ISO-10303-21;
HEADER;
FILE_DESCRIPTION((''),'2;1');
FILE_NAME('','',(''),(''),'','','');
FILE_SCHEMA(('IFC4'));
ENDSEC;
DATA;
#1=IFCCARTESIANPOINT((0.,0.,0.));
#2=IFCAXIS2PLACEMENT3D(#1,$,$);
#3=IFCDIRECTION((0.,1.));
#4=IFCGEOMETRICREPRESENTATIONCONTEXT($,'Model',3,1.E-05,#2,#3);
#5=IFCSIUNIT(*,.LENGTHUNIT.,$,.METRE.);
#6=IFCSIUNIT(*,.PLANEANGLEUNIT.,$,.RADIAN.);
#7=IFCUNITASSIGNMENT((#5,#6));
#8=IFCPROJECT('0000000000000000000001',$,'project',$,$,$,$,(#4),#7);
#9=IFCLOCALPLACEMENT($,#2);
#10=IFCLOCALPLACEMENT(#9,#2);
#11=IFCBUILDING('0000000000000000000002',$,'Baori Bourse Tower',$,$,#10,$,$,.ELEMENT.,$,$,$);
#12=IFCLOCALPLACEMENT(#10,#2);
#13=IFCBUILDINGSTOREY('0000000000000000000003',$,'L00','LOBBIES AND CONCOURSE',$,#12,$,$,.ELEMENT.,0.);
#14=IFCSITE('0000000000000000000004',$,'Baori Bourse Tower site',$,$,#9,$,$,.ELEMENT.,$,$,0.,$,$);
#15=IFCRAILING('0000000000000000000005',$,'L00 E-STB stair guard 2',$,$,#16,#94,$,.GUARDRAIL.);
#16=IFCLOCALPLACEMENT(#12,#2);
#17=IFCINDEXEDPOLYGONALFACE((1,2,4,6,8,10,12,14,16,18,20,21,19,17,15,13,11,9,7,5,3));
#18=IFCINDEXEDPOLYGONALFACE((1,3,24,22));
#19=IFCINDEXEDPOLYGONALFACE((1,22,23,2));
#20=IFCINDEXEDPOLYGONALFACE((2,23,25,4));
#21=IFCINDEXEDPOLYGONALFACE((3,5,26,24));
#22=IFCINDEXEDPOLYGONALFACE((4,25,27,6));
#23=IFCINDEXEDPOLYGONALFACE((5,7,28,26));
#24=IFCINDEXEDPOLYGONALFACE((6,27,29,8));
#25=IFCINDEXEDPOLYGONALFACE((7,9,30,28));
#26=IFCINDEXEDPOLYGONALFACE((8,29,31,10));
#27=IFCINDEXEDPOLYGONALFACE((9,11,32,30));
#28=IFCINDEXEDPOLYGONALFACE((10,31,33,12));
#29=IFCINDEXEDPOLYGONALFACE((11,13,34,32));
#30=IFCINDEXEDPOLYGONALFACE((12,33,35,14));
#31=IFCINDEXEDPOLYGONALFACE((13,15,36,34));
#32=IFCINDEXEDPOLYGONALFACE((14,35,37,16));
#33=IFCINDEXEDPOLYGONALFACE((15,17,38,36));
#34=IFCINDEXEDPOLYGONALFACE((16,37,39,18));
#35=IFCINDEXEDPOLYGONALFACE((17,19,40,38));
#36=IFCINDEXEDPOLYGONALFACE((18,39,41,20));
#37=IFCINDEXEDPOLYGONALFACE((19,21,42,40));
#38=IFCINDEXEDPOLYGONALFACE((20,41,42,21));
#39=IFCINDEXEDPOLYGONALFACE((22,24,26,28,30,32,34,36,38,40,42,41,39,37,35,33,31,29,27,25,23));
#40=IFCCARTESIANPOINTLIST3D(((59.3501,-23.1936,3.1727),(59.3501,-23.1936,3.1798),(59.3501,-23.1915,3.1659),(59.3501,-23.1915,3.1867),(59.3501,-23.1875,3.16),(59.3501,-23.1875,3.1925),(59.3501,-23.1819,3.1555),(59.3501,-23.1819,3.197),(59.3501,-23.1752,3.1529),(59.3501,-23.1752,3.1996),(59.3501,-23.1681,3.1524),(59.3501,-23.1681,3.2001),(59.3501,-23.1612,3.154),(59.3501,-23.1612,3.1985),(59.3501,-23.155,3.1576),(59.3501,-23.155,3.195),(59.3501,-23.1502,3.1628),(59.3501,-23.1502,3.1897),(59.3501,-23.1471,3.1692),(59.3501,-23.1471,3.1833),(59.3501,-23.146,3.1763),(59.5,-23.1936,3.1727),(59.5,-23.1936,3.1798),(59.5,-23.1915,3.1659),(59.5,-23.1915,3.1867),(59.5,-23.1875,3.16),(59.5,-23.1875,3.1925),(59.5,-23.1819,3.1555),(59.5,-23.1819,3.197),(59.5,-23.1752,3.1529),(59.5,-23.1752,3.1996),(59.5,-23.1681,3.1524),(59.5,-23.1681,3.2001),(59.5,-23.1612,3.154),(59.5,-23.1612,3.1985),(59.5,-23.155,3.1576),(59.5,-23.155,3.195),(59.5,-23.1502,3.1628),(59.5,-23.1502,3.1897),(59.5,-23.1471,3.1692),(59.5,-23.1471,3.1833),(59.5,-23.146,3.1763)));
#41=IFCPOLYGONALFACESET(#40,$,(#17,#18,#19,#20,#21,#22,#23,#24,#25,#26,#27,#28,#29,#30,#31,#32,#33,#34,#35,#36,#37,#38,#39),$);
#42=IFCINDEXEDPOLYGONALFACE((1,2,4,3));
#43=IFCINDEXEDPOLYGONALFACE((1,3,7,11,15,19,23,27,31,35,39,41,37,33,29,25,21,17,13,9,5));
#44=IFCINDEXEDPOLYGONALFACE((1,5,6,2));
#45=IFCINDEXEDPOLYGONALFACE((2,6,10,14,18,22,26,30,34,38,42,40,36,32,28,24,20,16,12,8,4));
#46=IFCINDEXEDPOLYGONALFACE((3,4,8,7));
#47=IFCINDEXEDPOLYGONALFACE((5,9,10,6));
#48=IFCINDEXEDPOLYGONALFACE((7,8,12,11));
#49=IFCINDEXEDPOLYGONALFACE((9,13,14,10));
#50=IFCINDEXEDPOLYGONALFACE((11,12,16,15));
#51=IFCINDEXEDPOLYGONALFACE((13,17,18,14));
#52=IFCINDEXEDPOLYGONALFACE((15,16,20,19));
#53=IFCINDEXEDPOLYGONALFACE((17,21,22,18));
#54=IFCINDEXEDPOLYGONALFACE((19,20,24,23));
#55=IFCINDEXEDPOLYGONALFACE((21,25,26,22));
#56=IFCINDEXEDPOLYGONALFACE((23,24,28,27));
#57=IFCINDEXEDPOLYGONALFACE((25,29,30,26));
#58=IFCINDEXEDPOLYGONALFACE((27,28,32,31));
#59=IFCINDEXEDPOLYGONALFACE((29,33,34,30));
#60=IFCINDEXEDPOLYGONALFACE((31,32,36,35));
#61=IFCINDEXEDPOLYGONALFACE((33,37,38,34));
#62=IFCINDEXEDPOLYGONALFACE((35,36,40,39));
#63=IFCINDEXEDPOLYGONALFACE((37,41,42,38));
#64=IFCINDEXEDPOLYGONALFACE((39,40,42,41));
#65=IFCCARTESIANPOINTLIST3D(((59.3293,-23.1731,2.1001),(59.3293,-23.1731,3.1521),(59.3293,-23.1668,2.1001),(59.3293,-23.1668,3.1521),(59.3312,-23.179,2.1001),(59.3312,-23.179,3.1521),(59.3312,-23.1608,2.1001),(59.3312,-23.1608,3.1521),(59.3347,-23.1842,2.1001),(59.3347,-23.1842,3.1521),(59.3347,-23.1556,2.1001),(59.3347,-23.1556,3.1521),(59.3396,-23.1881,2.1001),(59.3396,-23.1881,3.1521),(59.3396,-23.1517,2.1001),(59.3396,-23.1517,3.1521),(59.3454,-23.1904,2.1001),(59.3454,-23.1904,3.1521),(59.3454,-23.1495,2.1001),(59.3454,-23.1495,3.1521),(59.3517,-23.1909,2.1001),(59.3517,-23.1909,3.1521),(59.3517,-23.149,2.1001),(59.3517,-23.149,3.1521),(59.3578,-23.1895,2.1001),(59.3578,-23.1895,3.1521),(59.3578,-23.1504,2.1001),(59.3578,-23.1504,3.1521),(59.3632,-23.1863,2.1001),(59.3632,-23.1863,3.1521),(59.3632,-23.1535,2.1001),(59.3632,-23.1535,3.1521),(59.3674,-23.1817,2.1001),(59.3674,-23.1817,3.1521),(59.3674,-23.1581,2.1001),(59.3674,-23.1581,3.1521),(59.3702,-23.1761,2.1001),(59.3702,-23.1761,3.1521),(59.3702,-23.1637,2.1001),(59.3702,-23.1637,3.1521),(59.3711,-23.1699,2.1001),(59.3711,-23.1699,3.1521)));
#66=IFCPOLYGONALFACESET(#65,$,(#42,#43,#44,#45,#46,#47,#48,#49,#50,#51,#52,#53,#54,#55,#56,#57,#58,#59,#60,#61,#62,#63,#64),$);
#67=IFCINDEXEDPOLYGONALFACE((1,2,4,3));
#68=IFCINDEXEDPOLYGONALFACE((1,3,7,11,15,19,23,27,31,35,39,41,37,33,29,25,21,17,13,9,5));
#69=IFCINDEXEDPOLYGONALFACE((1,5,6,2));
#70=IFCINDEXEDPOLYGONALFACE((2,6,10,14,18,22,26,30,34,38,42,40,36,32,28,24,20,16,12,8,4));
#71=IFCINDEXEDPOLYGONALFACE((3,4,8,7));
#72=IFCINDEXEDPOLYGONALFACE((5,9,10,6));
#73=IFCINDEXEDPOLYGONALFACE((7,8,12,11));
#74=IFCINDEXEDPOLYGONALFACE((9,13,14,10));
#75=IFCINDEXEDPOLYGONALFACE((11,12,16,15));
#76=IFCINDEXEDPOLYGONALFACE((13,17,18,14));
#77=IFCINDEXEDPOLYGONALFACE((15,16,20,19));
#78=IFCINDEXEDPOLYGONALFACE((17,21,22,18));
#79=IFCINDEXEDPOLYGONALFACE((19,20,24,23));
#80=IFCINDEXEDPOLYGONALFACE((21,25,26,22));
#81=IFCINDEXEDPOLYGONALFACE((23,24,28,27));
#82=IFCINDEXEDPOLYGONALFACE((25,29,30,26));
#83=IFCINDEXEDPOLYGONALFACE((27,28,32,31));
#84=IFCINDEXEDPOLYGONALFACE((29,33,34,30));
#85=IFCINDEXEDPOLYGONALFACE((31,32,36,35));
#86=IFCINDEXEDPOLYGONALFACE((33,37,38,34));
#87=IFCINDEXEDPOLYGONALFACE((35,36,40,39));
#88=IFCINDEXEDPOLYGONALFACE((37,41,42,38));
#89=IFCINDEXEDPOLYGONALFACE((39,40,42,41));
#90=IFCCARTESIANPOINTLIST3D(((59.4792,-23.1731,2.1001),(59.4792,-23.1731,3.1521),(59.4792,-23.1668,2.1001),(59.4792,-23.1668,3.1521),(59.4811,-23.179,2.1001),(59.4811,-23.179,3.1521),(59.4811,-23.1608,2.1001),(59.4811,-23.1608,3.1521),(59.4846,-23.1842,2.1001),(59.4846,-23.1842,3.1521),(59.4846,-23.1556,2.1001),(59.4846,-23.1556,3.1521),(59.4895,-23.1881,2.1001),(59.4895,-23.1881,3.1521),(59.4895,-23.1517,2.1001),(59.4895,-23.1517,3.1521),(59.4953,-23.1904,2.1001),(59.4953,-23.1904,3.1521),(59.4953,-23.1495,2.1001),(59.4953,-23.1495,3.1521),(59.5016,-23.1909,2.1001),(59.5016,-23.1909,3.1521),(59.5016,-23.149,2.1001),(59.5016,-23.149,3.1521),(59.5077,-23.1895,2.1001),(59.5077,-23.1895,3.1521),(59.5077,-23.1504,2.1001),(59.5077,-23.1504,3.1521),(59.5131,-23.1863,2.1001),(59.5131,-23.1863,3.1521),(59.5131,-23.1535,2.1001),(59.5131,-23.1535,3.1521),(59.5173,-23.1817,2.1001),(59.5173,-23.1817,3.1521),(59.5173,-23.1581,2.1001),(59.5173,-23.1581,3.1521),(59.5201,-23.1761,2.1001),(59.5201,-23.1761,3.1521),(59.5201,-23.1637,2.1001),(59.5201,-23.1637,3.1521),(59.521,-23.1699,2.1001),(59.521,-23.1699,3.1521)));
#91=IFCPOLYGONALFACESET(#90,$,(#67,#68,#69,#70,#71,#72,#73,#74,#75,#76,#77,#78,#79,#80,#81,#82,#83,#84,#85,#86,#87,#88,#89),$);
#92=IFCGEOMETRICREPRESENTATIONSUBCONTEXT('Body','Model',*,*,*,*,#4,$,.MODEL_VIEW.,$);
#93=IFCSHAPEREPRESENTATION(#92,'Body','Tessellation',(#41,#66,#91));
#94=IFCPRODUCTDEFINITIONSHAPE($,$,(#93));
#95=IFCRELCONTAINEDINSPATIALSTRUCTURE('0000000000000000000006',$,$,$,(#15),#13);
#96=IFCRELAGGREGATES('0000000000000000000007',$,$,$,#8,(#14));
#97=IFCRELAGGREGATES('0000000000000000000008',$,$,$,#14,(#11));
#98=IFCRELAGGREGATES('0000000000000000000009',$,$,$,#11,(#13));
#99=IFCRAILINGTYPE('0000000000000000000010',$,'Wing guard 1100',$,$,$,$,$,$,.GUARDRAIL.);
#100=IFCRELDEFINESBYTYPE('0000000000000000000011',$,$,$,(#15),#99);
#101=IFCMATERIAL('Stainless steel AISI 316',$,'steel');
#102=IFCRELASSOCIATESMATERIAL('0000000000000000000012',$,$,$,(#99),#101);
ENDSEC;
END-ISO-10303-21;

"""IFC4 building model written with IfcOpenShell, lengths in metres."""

from ifc_helpers import new_model, si_unit, direction, frame, origin, origin_2d, place, context, subcontext, project, spatial, circle, extrude, material, type_object, element, save


model = new_model("IFC4")

# Units and contexts
model_context = context("Model", 3, precision=1e-05, world=origin(), true_north=direction((0.0, 1.0)))
body_context = subcontext(model_context, "Body", "Model", "MODEL_VIEW")
ifc_project = project(units=[si_unit("LENGTHUNIT", "METRE"), si_unit("PLANEANGLEUNIT", "RADIAN")], contexts=[model_context])

# Site, building, storey
site_placement = place(None, origin())
site = spatial("IfcSite", under=ifc_project, at=site_placement, Name="Baori Bourse Tower site", CompositionType="ELEMENT", RefElevation=0.0)
building_placement = place(site_placement, origin())
building = spatial("IfcBuilding", under=site, at=building_placement, Name="Baori Bourse Tower", CompositionType="ELEMENT")
storey_placement = place(building_placement, origin())
storey = spatial("IfcBuildingStorey", under=building, at=storey_placement, Name="L00", Description="LOBBIES AND CONCOURSE", CompositionType="ELEMENT", Elevation=0.0)

# Railing
ifc_material_1 = material(Name="Stainless steel AISI 316", Category="steel")
railing_type_1 = type_object("IfcRailingType", Name="Wing guard 1100", PredefinedType="GUARDRAIL", material=ifc_material_1)
railing_1_placement = place(storey_placement, frame((59.3501, -23.1699, 2.1001)))
element("IfcRailing", 1, at=railing_1_placement, inside=storey, type_object=railing_type_1, Name="L00 E-STB stair guard 2", PredefinedType="GUARDRAIL", context=body_context, shape_type="SweptSolid", body=[
    extrude(circle(Radius=0.0239, at=origin_2d()), frame((0.0, 0.0, 1.0762), z_axis=(1.0, 0.0, 0.0), x_axis=(0.0, 1.0, 0.0)), (0.0, 0.0, 1.0), 0.1499),
    extrude(circle(Radius=0.021, at=origin_2d()), origin(), (0.0, 0.0, 1.0), 1.052),
    extrude(circle(Radius=0.021, at=origin_2d()), frame((0.1499, 0.0, 0.0)), (0.0, 0.0, 1.0), 1.052),
])

save(model, "model.ifc")
